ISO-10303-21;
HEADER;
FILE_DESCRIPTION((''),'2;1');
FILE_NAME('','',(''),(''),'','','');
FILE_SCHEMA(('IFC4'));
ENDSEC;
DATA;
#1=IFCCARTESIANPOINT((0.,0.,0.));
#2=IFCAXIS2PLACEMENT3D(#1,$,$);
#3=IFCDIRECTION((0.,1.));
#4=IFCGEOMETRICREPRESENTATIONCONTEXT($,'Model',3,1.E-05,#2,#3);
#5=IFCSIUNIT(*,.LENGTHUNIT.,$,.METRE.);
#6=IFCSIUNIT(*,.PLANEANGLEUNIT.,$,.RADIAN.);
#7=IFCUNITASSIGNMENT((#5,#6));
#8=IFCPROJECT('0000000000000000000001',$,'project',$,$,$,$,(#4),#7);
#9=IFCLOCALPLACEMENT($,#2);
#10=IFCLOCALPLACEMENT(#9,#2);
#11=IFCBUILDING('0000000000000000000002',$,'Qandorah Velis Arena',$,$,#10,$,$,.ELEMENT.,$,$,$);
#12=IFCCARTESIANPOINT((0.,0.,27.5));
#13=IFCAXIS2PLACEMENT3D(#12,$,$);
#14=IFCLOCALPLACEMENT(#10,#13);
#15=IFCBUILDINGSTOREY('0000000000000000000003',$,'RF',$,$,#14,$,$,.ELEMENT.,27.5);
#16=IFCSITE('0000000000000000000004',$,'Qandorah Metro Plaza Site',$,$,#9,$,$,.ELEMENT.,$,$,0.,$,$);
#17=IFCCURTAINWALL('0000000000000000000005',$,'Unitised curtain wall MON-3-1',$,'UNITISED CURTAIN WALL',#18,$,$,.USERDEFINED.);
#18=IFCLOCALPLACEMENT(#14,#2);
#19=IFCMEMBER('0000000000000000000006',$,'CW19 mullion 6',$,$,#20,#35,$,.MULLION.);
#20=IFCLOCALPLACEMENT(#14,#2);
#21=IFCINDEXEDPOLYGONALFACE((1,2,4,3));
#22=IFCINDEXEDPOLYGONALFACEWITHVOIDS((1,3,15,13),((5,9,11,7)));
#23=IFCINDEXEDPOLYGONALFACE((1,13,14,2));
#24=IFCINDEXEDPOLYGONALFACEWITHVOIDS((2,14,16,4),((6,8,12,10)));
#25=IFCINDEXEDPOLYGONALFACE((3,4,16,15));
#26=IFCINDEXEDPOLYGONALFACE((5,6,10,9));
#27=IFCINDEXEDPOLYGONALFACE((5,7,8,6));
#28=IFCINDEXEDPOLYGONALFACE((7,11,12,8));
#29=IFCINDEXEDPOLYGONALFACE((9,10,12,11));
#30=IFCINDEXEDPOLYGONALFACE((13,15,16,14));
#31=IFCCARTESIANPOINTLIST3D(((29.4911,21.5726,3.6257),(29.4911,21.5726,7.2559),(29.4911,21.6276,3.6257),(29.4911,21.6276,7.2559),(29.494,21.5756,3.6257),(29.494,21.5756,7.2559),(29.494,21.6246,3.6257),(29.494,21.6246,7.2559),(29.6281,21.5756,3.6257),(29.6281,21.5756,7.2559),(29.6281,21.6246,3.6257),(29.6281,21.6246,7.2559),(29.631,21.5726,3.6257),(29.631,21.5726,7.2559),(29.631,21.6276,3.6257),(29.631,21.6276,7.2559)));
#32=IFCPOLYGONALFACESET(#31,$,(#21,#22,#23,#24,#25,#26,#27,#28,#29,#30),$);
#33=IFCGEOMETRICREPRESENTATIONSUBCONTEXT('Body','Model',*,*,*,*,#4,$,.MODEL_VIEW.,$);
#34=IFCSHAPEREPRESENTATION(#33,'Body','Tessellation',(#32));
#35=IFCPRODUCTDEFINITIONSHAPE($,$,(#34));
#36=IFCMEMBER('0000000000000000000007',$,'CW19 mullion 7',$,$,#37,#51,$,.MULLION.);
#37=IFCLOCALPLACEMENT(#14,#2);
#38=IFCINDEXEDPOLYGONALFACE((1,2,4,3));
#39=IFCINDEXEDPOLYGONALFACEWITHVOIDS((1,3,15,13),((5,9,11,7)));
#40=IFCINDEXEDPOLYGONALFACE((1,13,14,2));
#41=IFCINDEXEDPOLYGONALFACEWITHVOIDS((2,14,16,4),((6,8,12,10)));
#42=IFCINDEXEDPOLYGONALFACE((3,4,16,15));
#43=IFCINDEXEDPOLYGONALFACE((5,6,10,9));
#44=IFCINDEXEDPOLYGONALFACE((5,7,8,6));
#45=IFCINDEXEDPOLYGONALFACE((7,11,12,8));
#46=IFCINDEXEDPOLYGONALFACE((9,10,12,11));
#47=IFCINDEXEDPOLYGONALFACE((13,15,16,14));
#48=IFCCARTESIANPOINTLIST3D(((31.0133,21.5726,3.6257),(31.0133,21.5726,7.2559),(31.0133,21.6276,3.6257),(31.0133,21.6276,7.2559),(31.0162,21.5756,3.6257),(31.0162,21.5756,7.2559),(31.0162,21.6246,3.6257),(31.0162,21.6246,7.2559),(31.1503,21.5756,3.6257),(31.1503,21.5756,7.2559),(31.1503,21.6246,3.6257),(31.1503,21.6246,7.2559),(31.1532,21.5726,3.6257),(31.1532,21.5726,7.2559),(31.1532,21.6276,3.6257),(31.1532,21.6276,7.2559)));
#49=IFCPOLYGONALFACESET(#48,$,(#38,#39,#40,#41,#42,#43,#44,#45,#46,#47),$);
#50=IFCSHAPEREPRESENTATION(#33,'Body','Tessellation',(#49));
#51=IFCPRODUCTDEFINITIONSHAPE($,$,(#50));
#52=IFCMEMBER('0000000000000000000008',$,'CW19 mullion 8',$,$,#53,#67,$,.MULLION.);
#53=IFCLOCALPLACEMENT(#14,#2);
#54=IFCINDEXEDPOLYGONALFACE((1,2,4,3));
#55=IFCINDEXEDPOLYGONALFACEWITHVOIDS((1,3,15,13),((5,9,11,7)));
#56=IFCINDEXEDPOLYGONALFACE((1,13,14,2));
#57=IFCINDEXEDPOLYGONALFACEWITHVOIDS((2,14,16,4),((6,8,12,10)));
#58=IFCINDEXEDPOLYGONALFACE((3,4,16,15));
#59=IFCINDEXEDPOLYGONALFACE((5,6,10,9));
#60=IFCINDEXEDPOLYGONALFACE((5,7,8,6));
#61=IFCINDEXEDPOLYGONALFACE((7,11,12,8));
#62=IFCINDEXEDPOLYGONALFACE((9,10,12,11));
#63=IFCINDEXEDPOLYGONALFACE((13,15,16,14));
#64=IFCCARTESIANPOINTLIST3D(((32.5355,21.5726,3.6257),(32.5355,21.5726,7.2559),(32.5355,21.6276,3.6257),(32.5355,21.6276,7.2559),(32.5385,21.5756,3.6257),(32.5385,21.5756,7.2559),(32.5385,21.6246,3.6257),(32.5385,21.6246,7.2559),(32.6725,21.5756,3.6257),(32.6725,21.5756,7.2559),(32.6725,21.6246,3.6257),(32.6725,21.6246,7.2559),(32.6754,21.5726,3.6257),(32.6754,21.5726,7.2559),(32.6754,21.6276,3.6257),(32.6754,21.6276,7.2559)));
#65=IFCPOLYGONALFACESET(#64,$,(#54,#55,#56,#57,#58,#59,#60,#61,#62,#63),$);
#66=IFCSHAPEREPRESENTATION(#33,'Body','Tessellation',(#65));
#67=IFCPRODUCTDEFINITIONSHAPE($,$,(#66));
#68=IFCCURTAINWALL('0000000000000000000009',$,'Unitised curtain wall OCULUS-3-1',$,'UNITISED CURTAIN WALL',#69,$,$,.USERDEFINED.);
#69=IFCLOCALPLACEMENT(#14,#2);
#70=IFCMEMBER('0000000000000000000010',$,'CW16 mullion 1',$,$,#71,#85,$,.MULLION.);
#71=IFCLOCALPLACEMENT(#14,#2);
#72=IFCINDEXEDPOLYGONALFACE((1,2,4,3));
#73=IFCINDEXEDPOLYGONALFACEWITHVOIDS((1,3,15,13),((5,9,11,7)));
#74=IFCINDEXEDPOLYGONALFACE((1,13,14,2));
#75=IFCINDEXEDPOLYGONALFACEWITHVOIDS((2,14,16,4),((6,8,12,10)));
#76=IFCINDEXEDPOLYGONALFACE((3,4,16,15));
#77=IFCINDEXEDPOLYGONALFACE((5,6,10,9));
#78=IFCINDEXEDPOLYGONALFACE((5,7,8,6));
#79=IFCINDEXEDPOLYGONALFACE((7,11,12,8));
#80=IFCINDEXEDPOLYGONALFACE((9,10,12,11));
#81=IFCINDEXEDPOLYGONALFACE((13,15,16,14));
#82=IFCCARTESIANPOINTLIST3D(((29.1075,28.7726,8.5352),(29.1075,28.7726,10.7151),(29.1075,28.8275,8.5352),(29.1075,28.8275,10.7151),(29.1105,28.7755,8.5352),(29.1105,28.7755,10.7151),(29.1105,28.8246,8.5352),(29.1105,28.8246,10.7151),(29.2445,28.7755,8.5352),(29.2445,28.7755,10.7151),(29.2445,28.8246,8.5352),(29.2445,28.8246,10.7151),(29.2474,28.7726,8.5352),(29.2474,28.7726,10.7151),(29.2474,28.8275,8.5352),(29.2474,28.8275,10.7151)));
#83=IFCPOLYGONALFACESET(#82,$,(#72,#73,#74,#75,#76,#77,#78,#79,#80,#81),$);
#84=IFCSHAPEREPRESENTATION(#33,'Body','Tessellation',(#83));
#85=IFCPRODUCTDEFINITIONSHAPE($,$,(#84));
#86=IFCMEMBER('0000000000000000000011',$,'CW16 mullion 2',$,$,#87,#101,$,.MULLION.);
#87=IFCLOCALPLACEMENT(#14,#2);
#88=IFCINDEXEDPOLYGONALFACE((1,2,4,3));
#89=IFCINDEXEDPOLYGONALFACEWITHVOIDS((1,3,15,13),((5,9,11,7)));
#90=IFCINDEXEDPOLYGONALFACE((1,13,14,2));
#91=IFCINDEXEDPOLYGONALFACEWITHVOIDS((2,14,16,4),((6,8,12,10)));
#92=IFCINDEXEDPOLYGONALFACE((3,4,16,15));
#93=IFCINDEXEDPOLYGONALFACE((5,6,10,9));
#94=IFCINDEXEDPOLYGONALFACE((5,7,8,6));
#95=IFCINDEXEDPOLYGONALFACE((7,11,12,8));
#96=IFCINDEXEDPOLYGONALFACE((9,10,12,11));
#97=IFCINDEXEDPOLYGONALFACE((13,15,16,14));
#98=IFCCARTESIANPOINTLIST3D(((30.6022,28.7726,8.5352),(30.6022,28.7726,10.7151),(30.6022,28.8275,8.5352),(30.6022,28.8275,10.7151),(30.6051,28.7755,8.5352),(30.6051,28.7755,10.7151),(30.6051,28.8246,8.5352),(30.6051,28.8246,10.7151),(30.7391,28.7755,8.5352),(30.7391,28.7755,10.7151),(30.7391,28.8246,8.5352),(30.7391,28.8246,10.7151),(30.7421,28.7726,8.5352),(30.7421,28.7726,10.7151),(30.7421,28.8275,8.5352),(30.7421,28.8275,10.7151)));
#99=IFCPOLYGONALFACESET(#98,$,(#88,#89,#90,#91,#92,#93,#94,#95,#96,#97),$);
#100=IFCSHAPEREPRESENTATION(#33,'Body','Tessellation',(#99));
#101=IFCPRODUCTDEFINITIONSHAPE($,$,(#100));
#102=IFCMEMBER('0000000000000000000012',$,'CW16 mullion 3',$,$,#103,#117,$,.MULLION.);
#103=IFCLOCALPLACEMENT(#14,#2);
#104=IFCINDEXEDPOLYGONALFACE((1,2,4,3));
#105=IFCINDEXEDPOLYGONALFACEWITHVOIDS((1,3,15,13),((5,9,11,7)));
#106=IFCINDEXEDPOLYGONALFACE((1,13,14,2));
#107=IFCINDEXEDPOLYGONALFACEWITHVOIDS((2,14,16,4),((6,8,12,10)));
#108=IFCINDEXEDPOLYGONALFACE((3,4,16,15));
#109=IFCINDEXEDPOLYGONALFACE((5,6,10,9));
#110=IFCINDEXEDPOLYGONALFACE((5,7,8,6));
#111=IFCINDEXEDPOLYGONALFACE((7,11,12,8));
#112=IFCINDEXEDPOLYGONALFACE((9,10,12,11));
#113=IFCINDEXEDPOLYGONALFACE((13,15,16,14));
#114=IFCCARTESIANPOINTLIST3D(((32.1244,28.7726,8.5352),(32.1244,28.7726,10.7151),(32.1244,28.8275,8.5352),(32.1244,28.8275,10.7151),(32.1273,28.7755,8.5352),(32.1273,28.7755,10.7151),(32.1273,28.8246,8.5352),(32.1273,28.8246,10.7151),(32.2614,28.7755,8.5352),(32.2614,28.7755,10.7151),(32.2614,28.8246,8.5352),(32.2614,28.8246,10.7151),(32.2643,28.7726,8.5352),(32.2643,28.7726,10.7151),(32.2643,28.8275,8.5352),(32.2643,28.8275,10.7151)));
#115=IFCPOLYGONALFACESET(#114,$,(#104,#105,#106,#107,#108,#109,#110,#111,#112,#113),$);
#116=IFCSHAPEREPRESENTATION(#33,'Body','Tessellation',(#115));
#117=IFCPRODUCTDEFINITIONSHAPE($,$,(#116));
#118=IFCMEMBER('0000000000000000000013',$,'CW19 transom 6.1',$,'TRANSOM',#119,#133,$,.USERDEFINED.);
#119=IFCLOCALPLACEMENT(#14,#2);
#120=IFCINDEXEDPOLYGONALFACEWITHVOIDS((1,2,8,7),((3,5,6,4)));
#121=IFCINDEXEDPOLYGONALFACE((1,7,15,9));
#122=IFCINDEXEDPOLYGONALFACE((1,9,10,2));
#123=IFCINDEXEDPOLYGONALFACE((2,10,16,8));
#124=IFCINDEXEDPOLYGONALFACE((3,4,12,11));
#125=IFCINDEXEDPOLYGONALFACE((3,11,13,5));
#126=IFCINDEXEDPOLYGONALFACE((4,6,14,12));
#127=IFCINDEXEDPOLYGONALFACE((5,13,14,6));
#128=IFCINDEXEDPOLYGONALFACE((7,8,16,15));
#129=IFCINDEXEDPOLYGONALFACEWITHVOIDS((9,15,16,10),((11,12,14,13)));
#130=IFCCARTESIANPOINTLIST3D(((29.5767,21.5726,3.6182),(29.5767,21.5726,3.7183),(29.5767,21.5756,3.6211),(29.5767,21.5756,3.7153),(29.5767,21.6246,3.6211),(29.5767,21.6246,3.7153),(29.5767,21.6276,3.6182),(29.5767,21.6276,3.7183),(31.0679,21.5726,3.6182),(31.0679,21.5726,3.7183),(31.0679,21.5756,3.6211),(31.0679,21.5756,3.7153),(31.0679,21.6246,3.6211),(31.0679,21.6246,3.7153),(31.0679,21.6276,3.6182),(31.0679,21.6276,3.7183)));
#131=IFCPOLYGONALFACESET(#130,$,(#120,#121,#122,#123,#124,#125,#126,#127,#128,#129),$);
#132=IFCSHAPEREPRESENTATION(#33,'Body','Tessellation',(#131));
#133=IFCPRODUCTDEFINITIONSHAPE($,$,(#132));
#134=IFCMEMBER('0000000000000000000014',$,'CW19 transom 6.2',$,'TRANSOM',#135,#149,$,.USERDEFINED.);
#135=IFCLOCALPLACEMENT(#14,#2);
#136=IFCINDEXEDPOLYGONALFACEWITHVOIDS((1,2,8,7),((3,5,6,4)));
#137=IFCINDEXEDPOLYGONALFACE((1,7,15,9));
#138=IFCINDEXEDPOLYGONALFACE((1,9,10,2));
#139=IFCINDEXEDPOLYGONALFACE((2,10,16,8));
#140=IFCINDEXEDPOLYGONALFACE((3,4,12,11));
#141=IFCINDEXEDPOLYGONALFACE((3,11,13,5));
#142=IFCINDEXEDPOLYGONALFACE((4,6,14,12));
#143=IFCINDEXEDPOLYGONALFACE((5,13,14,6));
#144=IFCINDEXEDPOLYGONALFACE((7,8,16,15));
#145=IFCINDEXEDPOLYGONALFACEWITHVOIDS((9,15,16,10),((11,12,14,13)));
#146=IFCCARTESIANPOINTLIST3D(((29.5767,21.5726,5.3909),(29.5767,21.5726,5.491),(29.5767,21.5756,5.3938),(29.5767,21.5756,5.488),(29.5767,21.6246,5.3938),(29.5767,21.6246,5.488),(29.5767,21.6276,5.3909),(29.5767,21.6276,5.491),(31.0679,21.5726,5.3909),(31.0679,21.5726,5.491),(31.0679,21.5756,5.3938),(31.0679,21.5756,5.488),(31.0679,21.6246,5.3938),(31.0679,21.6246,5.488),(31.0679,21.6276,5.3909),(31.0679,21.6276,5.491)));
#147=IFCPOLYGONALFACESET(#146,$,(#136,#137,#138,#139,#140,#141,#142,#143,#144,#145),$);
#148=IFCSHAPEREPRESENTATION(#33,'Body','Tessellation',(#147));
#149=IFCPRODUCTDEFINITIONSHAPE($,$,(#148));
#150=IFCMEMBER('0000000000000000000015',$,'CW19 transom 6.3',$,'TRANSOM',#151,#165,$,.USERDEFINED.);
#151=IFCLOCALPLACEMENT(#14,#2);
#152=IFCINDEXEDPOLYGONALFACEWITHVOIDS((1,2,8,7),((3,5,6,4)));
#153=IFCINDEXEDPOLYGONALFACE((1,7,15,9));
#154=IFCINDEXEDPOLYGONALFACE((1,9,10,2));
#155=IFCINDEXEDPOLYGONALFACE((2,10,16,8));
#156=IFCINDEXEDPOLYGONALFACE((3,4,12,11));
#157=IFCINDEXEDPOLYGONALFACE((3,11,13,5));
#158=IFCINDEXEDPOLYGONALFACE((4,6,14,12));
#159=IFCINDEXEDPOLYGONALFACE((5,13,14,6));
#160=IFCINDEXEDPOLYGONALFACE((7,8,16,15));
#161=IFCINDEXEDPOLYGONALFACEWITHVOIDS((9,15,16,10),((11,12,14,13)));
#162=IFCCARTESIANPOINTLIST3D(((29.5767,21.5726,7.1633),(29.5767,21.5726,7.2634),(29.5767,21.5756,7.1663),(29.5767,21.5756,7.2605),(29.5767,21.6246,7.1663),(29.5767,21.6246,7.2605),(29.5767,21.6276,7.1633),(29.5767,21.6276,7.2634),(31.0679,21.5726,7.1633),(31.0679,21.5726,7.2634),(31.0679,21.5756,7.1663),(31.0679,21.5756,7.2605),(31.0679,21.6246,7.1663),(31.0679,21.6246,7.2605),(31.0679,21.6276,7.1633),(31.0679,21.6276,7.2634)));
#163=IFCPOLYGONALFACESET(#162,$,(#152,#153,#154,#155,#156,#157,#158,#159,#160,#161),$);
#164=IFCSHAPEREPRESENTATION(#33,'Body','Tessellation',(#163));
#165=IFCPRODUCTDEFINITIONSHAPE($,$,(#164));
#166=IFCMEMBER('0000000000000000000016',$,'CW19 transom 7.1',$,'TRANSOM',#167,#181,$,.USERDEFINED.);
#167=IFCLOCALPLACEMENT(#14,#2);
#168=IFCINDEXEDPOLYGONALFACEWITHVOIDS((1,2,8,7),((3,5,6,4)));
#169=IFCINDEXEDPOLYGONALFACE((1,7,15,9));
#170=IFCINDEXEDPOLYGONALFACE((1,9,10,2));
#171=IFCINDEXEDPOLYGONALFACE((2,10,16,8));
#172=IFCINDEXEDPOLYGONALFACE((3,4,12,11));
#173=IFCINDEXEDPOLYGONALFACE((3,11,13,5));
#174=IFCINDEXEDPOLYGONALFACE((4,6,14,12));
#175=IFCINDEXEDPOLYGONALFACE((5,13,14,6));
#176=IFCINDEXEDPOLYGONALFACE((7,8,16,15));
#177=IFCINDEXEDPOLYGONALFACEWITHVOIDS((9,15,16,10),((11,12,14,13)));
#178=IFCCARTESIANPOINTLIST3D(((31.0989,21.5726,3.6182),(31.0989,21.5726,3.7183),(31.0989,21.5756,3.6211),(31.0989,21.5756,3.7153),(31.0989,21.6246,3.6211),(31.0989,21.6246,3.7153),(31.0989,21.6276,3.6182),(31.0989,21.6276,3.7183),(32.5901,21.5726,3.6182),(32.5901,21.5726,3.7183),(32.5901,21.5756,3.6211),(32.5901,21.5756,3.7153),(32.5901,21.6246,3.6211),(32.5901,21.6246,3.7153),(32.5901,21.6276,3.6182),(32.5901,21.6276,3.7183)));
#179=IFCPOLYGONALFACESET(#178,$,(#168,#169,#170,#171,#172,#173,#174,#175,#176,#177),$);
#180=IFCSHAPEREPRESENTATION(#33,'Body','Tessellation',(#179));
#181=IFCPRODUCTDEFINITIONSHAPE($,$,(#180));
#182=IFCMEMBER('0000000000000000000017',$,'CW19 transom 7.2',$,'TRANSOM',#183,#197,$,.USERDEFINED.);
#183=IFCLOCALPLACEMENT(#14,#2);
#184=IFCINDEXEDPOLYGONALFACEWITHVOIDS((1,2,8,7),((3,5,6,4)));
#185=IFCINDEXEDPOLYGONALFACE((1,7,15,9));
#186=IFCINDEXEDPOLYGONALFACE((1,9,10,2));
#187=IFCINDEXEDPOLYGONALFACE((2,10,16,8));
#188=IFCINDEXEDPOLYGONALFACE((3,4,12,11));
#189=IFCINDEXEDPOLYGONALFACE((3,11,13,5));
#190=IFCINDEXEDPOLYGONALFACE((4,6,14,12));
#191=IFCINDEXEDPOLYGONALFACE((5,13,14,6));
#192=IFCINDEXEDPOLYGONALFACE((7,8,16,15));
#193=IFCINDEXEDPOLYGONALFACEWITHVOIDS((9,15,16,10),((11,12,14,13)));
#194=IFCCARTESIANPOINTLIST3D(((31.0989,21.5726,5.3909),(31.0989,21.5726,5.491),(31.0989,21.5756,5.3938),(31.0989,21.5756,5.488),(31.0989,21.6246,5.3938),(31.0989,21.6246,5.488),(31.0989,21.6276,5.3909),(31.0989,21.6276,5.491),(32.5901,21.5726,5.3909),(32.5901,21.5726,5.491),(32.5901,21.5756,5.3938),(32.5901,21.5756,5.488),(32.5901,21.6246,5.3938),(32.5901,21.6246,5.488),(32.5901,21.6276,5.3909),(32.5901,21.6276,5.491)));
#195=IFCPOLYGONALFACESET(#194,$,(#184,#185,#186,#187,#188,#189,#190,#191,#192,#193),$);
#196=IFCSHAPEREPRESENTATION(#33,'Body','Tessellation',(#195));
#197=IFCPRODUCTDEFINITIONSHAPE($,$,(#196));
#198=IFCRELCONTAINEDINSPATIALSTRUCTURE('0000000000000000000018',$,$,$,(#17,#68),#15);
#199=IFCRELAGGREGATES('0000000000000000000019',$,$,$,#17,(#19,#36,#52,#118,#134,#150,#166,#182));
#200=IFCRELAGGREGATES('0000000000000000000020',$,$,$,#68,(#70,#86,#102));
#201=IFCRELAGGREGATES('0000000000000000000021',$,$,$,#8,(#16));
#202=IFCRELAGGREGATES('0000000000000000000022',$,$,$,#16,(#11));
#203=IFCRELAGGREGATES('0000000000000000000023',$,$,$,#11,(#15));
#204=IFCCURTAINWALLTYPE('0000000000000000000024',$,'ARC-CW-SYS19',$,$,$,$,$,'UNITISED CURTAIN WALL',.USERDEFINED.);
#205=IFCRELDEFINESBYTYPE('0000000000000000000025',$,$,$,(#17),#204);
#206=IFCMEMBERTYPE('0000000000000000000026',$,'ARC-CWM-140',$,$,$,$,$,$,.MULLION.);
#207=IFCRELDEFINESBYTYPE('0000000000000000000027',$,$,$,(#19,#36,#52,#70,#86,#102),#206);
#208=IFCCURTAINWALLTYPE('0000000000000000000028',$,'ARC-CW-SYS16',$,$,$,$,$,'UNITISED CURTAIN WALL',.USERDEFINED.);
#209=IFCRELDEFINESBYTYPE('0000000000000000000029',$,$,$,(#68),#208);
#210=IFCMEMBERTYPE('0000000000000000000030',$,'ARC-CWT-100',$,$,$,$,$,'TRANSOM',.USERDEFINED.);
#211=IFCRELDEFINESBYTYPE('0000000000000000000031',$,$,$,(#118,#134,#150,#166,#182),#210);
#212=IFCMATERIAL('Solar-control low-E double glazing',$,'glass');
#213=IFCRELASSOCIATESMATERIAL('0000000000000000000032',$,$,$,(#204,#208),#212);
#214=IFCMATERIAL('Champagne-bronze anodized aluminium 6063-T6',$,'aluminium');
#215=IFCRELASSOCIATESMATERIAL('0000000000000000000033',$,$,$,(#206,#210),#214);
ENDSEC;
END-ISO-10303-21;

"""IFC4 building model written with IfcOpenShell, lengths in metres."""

from ifc_helpers import new_model, si_unit, direction, frame, origin, origin_2d, place, context, subcontext, project, spatial, hollow_rectangle, extrude, material, material_profile, profile_set, type_object, element, aggregate, save


model = new_model("IFC4")

# Units and contexts
model_context = context("Model", 3, precision=1e-05, world=origin(), true_north=direction((0.0, 1.0)))
body_context = subcontext(model_context, "Body", "Model", "MODEL_VIEW")
ifc_project = project(units=[si_unit("LENGTHUNIT", "METRE"), si_unit("PLANEANGLEUNIT", "RADIAN")], contexts=[model_context])

# Site, building, storey
site_placement = place(None, origin())
site = spatial("IfcSite", under=ifc_project, at=site_placement, Name="Qandorah Metro Plaza Site", CompositionType="ELEMENT", RefElevation=0.0)
building_placement = place(site_placement, origin())
building = spatial("IfcBuilding", under=site, at=building_placement, Name="Qandorah Velis Arena", CompositionType="ELEMENT")
storey_placement = place(building_placement, frame((0.0, 0.0, 27.5)))
storey = spatial("IfcBuildingStorey", under=building, at=storey_placement, Name="RF", CompositionType="ELEMENT", Elevation=27.5)

# Curtain walls, members
ifc_material_1 = material(Name="Solar-control low-E double glazing", Category="glass")
curtain_wall_type_1 = type_object("IfcCurtainWallType", Name="ARC-CW-SYS19", ElementType="UNITISED CURTAIN WALL", PredefinedType="USERDEFINED", material=ifc_material_1)
curtain_wall_1_placement = place(storey_placement, origin())
curtain_wall_1 = element("IfcCurtainWall", 1, at=curtain_wall_1_placement, inside=storey, type_object=curtain_wall_type_1, Name="Unitised curtain wall MON-3-1", ObjectType="UNITISED CURTAIN WALL", PredefinedType="USERDEFINED")
ifc_material_2 = material(Name="Champagne-bronze anodized aluminium 6063-T6", Category="aluminium")
ifc_material_profile_1 = material_profile(ifc_material_2, hollow_rectangle(XDim=0.0549, YDim=0.1399, WallThickness=0.0029, at=origin_2d()), Name="ALU MULLION 55x140")
ifc_profile_set_1 = profile_set([ifc_material_profile_1], Name="Champagne-bronze anodized aluminium 6063-T6")
member_type_1 = type_object("IfcMemberType", Name="ARC-CWM-140", PredefinedType="MULLION", material=ifc_profile_set_1)
member_1_placement = place(storey_placement, frame((29.561, 21.6001, 3.6257), z_axis=(0.0, 0.0, 1.0), x_axis=(0.0, 1.0, 0.0)))
member_1 = element("IfcMember", 2, at=member_1_placement, type_object=member_type_1, Name="CW19 mullion 6", PredefinedType="MULLION", context=body_context, shape_type="SweptSolid", body=[
    extrude(hollow_rectangle(XDim=0.0549, YDim=0.1399, WallThickness=0.0029, at=origin_2d()), origin(), (0.0, 0.0, 1.0), 3.6301),
])
member_2_placement = place(storey_placement, frame((31.0833, 21.6001, 3.6257), z_axis=(0.0, 0.0, 1.0), x_axis=(0.0, 1.0, 0.0)))
member_2 = element("IfcMember", 3, at=member_2_placement, type_object=member_type_1, Name="CW19 mullion 7", PredefinedType="MULLION", context=body_context, shape_type="SweptSolid", body=[
    extrude(hollow_rectangle(XDim=0.0549, YDim=0.1399, WallThickness=0.0029, at=origin_2d()), origin(), (0.0, 0.0, 1.0), 3.6301),
])
member_3_placement = place(storey_placement, frame((32.6055, 21.6001, 3.6257), z_axis=(0.0, 0.0, 1.0), x_axis=(0.0, 1.0, 0.0)))
member_3 = element("IfcMember", 4, at=member_3_placement, type_object=member_type_1, Name="CW19 mullion 8", PredefinedType="MULLION", context=body_context, shape_type="SweptSolid", body=[
    extrude(hollow_rectangle(XDim=0.0549, YDim=0.1399, WallThickness=0.0029, at=origin_2d()), origin(), (0.0, 0.0, 1.0), 3.6301),
])
curtain_wall_type_2 = type_object("IfcCurtainWallType", Name="ARC-CW-SYS16", ElementType="UNITISED CURTAIN WALL", PredefinedType="USERDEFINED", material=ifc_material_1)
curtain_wall_2_placement = place(storey_placement, origin())
curtain_wall_2 = element("IfcCurtainWall", 5, at=curtain_wall_2_placement, inside=storey, type_object=curtain_wall_type_2, Name="Unitised curtain wall OCULUS-3-1", ObjectType="UNITISED CURTAIN WALL", PredefinedType="USERDEFINED")
member_4_placement = place(storey_placement, frame((29.1775, 28.8, 8.5352), z_axis=(0.0, 0.0, 1.0), x_axis=(0.0, 1.0, 0.0)))
member_4 = element("IfcMember", 6, at=member_4_placement, type_object=member_type_1, Name="CW16 mullion 1", PredefinedType="MULLION", context=body_context, shape_type="SweptSolid", body=[
    extrude(hollow_rectangle(XDim=0.0549, YDim=0.1399, WallThickness=0.0029, at=origin_2d()), origin(), (0.0, 0.0, 1.0), 2.1799),
])
member_5_placement = place(storey_placement, frame((30.6721, 28.8, 8.5352), z_axis=(0.0, 0.0, 1.0), x_axis=(0.0, 1.0, 0.0)))
member_5 = element("IfcMember", 7, at=member_5_placement, type_object=member_type_1, Name="CW16 mullion 2", PredefinedType="MULLION", context=body_context, shape_type="SweptSolid", body=[
    extrude(hollow_rectangle(XDim=0.0549, YDim=0.1399, WallThickness=0.0029, at=origin_2d()), origin(), (0.0, 0.0, 1.0), 2.1799),
])
member_6_placement = place(storey_placement, frame((32.1943, 28.8, 8.5352), z_axis=(0.0, 0.0, 1.0), x_axis=(0.0, 1.0, 0.0)))
member_6 = element("IfcMember", 8, at=member_6_placement, type_object=member_type_1, Name="CW16 mullion 3", PredefinedType="MULLION", context=body_context, shape_type="SweptSolid", body=[
    extrude(hollow_rectangle(XDim=0.0549, YDim=0.1399, WallThickness=0.0029, at=origin_2d()), origin(), (0.0, 0.0, 1.0), 2.1799),
])

# Members
ifc_material_profile_2 = material_profile(ifc_material_2, hollow_rectangle(XDim=0.0549, YDim=0.1001, WallThickness=0.0029, at=origin_2d()), Name="ALU TRANSOM 55x100")
ifc_profile_set_2 = profile_set([ifc_material_profile_2], Name="Champagne-bronze anodized aluminium 6063-T6")
member_type_2 = type_object("IfcMemberType", Name="ARC-CWT-100", ElementType="TRANSOM", PredefinedType="USERDEFINED", material=ifc_profile_set_2)
member_7_placement = place(storey_placement, frame((29.5767, 21.6001, 3.6682), z_axis=(1.0, 0.0, 0.0), x_axis=(0.0, 1.0, 0.0)))
member_7 = element("IfcMember", 9, at=member_7_placement, type_object=member_type_2, Name="CW19 transom 6.1", ObjectType="TRANSOM", PredefinedType="USERDEFINED", context=body_context, shape_type="SweptSolid", body=[
    extrude(hollow_rectangle(XDim=0.0549, YDim=0.1001, WallThickness=0.0029, at=origin_2d()), origin(), (0.0, 0.0, 1.0), 1.4912),
])
member_8_placement = place(storey_placement, frame((29.5767, 21.6001, 5.4409), z_axis=(1.0, 0.0, 0.0), x_axis=(0.0, 1.0, 0.0)))
member_8 = element("IfcMember", 10, at=member_8_placement, type_object=member_type_2, Name="CW19 transom 6.2", ObjectType="TRANSOM", PredefinedType="USERDEFINED", context=body_context, shape_type="SweptSolid", body=[
    extrude(hollow_rectangle(XDim=0.0549, YDim=0.1001, WallThickness=0.0029, at=origin_2d()), origin(), (0.0, 0.0, 1.0), 1.4912),
])
member_9_placement = place(storey_placement, frame((29.5767, 21.6001, 7.2134), z_axis=(1.0, 0.0, 0.0), x_axis=(0.0, 1.0, 0.0)))
member_9 = element("IfcMember", 11, at=member_9_placement, type_object=member_type_2, Name="CW19 transom 6.3", ObjectType="TRANSOM", PredefinedType="USERDEFINED", context=body_context, shape_type="SweptSolid", body=[
    extrude(hollow_rectangle(XDim=0.0549, YDim=0.1001, WallThickness=0.0029, at=origin_2d()), origin(), (0.0, 0.0, 1.0), 1.4912),
])
member_10_placement = place(storey_placement, frame((31.0989, 21.6001, 3.6682), z_axis=(1.0, 0.0, 0.0), x_axis=(0.0, 1.0, 0.0)))
member_10 = element("IfcMember", 12, at=member_10_placement, type_object=member_type_2, Name="CW19 transom 7.1", ObjectType="TRANSOM", PredefinedType="USERDEFINED", context=body_context, shape_type="SweptSolid", body=[
    extrude(hollow_rectangle(XDim=0.0549, YDim=0.1001, WallThickness=0.0029, at=origin_2d()), origin(), (0.0, 0.0, 1.0), 1.4912),
])
member_11_placement = place(storey_placement, frame((31.0989, 21.6001, 5.4409), z_axis=(1.0, 0.0, 0.0), x_axis=(0.0, 1.0, 0.0)))
member_11 = element("IfcMember", 13, at=member_11_placement, type_object=member_type_2, Name="CW19 transom 7.2", ObjectType="TRANSOM", PredefinedType="USERDEFINED", context=body_context, shape_type="SweptSolid", body=[
    extrude(hollow_rectangle(XDim=0.0549, YDim=0.1001, WallThickness=0.0029, at=origin_2d()), origin(), (0.0, 0.0, 1.0), 1.4912),
])

aggregate(curtain_wall_1, [member_1, member_2, member_3, member_7, member_8, member_9, member_10, member_11])
aggregate(curtain_wall_2, [member_4, member_5, member_6])

save(model, "model.ifc")
